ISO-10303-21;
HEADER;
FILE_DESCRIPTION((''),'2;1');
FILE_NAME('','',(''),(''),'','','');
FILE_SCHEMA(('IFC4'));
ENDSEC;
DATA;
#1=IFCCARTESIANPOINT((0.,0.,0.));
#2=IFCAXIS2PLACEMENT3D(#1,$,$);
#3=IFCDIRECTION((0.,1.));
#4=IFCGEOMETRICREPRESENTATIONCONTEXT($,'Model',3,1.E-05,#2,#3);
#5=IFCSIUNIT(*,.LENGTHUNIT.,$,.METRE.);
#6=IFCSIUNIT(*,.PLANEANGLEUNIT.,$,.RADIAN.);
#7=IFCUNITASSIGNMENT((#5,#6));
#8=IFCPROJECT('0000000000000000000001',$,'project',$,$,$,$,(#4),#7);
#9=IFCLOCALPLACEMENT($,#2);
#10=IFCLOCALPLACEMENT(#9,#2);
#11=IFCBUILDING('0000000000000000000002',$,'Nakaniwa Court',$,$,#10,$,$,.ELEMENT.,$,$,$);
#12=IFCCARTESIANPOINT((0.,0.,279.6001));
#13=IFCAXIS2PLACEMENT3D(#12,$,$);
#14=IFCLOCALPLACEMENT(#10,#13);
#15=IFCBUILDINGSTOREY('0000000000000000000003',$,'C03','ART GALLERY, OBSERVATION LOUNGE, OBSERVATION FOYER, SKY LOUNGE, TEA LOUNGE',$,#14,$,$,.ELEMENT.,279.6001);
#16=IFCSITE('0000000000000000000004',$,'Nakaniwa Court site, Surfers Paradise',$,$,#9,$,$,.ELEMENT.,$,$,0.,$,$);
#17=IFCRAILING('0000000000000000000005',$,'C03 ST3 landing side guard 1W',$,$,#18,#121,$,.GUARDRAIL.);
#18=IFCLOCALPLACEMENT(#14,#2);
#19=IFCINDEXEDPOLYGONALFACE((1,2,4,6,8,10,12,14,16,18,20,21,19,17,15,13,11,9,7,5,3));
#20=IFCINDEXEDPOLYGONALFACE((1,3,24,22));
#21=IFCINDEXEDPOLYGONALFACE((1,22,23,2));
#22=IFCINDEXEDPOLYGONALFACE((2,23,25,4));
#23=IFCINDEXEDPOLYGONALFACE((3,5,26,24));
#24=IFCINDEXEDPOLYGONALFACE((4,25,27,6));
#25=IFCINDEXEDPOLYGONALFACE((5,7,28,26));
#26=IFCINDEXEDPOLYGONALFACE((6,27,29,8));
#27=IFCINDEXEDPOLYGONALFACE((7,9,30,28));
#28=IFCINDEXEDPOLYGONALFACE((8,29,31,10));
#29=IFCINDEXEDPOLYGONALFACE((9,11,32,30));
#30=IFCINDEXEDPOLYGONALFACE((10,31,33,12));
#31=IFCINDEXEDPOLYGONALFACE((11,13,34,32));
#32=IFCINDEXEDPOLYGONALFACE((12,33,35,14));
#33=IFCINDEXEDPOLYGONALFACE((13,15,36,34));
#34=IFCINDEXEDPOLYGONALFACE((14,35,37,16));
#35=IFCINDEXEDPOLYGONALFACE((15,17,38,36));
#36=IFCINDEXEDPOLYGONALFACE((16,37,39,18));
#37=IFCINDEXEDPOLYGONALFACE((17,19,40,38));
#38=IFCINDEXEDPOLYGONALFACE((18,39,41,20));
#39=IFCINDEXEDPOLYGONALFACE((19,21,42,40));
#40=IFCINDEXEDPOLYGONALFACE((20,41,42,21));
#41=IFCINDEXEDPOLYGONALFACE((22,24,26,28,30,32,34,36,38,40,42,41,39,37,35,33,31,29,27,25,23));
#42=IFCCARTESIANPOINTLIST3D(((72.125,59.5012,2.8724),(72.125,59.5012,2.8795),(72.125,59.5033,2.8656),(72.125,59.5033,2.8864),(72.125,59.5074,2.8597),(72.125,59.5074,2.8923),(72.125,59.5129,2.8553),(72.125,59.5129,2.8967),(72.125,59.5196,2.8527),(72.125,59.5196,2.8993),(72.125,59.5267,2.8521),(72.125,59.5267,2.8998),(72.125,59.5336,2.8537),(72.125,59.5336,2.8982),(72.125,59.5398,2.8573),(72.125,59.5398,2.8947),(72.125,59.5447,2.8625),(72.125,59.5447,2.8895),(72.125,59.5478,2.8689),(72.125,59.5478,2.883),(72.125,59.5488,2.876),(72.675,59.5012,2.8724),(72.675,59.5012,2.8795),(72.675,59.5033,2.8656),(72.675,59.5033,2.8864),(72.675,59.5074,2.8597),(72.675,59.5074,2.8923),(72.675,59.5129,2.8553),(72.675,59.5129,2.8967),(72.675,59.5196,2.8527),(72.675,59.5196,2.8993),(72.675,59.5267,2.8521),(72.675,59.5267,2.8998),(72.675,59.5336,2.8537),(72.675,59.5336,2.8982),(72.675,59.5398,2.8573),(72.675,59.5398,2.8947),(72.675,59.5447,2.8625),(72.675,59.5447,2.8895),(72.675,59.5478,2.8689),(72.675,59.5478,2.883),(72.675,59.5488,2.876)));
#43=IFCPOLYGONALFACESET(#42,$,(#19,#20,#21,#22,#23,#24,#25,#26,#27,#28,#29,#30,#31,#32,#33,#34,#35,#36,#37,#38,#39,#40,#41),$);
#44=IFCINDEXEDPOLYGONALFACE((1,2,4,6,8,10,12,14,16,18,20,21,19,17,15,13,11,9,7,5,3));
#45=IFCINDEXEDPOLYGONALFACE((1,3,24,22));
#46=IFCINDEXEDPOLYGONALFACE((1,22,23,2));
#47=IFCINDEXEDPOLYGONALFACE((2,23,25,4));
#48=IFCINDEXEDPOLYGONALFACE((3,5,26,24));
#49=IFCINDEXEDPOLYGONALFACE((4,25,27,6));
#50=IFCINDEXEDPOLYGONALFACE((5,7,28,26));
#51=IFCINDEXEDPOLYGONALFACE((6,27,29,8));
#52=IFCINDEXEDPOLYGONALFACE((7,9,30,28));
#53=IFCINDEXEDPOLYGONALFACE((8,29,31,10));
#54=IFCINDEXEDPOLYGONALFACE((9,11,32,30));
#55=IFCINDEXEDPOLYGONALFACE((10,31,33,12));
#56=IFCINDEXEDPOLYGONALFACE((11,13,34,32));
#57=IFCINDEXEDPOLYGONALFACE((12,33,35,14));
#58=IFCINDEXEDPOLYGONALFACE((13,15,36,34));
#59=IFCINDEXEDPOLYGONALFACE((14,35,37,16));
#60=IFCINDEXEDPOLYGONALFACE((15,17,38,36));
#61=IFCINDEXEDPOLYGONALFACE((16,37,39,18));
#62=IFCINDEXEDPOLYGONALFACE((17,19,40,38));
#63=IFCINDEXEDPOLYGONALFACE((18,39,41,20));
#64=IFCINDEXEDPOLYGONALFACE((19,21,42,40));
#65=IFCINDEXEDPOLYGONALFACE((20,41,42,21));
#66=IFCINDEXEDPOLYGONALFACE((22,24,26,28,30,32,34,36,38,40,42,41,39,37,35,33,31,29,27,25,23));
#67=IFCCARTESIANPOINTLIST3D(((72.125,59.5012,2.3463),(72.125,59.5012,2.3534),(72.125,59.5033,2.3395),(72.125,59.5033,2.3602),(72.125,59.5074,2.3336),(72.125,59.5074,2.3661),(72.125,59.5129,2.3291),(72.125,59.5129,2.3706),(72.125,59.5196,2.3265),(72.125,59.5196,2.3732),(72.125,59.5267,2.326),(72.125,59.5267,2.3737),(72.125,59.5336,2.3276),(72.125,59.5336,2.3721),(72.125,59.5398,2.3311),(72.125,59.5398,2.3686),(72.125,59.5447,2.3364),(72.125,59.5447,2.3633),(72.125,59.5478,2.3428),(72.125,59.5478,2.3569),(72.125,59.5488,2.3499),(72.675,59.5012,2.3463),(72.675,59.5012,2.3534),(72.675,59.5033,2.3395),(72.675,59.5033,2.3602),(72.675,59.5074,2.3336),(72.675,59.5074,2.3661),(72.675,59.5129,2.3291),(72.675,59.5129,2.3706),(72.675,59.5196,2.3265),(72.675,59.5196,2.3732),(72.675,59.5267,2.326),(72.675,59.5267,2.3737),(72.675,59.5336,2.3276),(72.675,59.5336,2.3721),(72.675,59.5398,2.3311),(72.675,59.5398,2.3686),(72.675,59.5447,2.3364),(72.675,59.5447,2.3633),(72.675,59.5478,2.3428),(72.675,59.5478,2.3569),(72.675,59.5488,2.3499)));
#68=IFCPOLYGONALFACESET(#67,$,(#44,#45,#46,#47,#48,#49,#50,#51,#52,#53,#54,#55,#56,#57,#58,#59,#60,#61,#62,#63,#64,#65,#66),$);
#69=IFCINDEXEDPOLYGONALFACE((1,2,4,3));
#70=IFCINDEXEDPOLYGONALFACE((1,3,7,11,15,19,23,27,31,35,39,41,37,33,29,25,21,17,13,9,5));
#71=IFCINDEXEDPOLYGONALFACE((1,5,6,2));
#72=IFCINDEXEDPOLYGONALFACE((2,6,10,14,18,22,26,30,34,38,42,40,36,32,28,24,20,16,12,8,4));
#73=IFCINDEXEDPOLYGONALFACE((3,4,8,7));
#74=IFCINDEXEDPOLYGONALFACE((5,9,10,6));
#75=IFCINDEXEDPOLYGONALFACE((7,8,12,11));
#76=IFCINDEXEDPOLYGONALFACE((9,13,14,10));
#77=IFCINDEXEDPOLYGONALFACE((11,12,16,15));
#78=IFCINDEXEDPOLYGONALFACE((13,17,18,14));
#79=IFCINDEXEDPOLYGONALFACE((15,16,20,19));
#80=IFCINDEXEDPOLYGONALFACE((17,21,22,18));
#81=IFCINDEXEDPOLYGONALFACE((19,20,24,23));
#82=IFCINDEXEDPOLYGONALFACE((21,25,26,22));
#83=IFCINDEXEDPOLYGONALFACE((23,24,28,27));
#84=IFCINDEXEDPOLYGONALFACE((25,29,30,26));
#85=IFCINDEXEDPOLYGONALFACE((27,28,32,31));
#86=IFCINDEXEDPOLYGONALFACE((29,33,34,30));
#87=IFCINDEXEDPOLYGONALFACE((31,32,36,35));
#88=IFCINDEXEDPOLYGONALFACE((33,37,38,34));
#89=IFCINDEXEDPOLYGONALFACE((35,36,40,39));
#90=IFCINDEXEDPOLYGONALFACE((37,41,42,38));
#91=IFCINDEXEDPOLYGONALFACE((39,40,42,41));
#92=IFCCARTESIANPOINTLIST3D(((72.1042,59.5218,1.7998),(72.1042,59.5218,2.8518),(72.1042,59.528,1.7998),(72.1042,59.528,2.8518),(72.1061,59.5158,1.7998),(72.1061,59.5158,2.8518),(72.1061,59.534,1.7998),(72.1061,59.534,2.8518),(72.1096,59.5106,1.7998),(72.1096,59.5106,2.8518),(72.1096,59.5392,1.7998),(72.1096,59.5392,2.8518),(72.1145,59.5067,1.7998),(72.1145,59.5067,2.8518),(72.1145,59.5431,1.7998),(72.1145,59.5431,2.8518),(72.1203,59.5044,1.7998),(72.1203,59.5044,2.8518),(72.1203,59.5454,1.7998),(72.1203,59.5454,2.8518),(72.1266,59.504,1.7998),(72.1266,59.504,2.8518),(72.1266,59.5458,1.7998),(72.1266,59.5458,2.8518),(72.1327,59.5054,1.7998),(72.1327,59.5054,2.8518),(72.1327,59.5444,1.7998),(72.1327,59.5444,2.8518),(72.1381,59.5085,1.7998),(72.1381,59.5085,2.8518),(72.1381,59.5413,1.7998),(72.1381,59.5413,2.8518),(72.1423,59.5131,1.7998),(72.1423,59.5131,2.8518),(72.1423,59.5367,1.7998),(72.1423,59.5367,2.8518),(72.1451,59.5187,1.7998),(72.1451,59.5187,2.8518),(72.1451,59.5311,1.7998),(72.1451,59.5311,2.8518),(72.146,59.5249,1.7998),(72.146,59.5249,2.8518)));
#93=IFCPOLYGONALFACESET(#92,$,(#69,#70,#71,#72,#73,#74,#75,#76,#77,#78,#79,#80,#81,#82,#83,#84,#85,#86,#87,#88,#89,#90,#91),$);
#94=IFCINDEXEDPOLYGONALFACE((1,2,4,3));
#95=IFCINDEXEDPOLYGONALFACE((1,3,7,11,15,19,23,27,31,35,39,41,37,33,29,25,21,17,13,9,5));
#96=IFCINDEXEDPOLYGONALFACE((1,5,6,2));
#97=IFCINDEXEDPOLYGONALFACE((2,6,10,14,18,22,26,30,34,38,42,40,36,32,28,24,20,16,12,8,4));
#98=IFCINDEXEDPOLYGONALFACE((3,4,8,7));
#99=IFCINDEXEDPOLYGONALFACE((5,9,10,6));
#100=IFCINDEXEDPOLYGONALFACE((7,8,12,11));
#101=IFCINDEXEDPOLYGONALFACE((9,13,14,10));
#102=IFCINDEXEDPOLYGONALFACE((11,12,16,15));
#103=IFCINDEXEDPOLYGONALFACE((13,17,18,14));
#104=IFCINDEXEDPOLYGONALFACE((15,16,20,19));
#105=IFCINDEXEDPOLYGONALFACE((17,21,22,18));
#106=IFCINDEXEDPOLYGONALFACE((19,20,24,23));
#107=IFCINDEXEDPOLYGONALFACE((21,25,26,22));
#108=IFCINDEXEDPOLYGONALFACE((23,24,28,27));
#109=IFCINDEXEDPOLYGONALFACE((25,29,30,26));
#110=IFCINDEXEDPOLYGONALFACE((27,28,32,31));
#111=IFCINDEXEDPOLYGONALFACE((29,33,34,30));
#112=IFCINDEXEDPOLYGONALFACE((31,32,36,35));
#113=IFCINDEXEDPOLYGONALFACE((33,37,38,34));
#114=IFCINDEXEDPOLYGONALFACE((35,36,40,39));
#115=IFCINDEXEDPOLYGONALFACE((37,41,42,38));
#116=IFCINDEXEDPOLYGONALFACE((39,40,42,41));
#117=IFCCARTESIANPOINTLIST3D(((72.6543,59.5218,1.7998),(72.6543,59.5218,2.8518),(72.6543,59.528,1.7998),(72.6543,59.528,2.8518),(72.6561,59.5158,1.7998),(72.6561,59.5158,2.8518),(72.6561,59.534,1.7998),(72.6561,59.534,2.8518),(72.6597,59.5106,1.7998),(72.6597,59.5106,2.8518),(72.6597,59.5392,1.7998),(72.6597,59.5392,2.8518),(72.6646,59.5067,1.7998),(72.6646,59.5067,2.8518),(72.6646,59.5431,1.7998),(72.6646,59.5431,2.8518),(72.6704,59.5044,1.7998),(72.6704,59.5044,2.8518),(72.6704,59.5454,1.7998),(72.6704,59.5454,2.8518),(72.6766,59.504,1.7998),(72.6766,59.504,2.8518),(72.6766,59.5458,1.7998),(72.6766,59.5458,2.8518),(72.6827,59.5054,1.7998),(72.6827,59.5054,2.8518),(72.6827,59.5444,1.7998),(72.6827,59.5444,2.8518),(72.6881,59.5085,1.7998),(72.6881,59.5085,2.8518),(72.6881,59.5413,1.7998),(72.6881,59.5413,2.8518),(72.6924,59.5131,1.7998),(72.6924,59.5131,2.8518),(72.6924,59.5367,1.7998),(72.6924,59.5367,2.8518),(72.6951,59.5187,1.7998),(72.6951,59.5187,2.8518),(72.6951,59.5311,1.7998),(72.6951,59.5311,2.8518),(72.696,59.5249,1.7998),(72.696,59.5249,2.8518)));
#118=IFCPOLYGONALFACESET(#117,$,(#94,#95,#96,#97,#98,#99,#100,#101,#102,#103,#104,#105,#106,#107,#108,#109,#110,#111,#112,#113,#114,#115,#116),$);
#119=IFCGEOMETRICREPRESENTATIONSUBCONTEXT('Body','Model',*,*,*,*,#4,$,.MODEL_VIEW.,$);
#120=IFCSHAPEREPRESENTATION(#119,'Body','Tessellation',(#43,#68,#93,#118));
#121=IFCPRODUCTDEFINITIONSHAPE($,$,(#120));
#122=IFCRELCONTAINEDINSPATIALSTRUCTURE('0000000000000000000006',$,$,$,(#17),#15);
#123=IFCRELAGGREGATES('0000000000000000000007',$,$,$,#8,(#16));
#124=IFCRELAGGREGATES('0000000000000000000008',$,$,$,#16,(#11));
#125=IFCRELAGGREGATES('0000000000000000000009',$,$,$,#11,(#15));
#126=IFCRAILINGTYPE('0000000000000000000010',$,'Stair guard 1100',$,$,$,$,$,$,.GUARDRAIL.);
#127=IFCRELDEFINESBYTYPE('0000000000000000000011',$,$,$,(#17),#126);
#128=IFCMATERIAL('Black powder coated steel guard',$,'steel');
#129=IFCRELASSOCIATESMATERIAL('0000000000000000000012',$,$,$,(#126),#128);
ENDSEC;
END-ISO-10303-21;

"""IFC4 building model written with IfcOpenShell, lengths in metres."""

from ifc_helpers import new_model, si_unit, direction, frame, origin, origin_2d, place, context, subcontext, project, spatial, circle, extrude, material, type_object, element, save


model = new_model("IFC4")

# Units and contexts
model_context = context("Model", 3, precision=1e-05, world=origin(), true_north=direction((0.0, 1.0)))
body_context = subcontext(model_context, "Body", "Model", "MODEL_VIEW")
ifc_project = project(units=[si_unit("LENGTHUNIT", "METRE"), si_unit("PLANEANGLEUNIT", "RADIAN")], contexts=[model_context])

# Site, building, storey
site_placement = place(None, origin())
site = spatial("IfcSite", under=ifc_project, at=site_placement, Name="Nakaniwa Court site, Surfers Paradise", CompositionType="ELEMENT", RefElevation=0.0)
building_placement = place(site_placement, origin())
building = spatial("IfcBuilding", under=site, at=building_placement, Name="Nakaniwa Court", CompositionType="ELEMENT")
storey_placement = place(building_placement, frame((0.0, 0.0, 279.6001)))
storey = spatial("IfcBuildingStorey", under=building, at=storey_placement, Name="C03", Description="ART GALLERY, OBSERVATION LOUNGE, OBSERVATION FOYER, SKY LOUNGE, TEA LOUNGE", CompositionType="ELEMENT", Elevation=279.6001)

# Railing
ifc_material_1 = material(Name="Black powder coated steel guard", Category="steel")
railing_type_1 = type_object("IfcRailingType", Name="Stair guard 1100", PredefinedType="GUARDRAIL", material=ifc_material_1)
for number, where, name in (
    (1, (72.125, 59.5249, 1.7998), "C03 ST3 landing side guard 1W"),
):
    element("IfcRailing", number, at=place(storey_placement, frame(where)), inside=storey, type_object=railing_type_1, Name=name, PredefinedType="GUARDRAIL", context=body_context, shape_type="SweptSolid", body=[
        extrude(circle(Radius=0.0239, at=origin_2d()), frame((0.0, 0.0, 1.0762), z_axis=(1.0, 0.0, 0.0), x_axis=(0.0, 1.0, 0.0)), (0.0, 0.0, 1.0), 0.55),
        extrude(circle(Radius=0.0239, at=origin_2d()), frame((0.0, 0.0, 0.55), z_axis=(1.0, 0.0, 0.0), x_axis=(0.0, 1.0, 0.0)), (0.0, 0.0, 1.0), 0.55),
        extrude(circle(Radius=0.021, at=origin_2d()), origin(), (0.0, 0.0, 1.0), 1.052),
        extrude(circle(Radius=0.021, at=origin_2d()), frame((0.55, 0.0, 0.0)), (0.0, 0.0, 1.0), 1.052),
    ])

save(model, "model.ifc")
